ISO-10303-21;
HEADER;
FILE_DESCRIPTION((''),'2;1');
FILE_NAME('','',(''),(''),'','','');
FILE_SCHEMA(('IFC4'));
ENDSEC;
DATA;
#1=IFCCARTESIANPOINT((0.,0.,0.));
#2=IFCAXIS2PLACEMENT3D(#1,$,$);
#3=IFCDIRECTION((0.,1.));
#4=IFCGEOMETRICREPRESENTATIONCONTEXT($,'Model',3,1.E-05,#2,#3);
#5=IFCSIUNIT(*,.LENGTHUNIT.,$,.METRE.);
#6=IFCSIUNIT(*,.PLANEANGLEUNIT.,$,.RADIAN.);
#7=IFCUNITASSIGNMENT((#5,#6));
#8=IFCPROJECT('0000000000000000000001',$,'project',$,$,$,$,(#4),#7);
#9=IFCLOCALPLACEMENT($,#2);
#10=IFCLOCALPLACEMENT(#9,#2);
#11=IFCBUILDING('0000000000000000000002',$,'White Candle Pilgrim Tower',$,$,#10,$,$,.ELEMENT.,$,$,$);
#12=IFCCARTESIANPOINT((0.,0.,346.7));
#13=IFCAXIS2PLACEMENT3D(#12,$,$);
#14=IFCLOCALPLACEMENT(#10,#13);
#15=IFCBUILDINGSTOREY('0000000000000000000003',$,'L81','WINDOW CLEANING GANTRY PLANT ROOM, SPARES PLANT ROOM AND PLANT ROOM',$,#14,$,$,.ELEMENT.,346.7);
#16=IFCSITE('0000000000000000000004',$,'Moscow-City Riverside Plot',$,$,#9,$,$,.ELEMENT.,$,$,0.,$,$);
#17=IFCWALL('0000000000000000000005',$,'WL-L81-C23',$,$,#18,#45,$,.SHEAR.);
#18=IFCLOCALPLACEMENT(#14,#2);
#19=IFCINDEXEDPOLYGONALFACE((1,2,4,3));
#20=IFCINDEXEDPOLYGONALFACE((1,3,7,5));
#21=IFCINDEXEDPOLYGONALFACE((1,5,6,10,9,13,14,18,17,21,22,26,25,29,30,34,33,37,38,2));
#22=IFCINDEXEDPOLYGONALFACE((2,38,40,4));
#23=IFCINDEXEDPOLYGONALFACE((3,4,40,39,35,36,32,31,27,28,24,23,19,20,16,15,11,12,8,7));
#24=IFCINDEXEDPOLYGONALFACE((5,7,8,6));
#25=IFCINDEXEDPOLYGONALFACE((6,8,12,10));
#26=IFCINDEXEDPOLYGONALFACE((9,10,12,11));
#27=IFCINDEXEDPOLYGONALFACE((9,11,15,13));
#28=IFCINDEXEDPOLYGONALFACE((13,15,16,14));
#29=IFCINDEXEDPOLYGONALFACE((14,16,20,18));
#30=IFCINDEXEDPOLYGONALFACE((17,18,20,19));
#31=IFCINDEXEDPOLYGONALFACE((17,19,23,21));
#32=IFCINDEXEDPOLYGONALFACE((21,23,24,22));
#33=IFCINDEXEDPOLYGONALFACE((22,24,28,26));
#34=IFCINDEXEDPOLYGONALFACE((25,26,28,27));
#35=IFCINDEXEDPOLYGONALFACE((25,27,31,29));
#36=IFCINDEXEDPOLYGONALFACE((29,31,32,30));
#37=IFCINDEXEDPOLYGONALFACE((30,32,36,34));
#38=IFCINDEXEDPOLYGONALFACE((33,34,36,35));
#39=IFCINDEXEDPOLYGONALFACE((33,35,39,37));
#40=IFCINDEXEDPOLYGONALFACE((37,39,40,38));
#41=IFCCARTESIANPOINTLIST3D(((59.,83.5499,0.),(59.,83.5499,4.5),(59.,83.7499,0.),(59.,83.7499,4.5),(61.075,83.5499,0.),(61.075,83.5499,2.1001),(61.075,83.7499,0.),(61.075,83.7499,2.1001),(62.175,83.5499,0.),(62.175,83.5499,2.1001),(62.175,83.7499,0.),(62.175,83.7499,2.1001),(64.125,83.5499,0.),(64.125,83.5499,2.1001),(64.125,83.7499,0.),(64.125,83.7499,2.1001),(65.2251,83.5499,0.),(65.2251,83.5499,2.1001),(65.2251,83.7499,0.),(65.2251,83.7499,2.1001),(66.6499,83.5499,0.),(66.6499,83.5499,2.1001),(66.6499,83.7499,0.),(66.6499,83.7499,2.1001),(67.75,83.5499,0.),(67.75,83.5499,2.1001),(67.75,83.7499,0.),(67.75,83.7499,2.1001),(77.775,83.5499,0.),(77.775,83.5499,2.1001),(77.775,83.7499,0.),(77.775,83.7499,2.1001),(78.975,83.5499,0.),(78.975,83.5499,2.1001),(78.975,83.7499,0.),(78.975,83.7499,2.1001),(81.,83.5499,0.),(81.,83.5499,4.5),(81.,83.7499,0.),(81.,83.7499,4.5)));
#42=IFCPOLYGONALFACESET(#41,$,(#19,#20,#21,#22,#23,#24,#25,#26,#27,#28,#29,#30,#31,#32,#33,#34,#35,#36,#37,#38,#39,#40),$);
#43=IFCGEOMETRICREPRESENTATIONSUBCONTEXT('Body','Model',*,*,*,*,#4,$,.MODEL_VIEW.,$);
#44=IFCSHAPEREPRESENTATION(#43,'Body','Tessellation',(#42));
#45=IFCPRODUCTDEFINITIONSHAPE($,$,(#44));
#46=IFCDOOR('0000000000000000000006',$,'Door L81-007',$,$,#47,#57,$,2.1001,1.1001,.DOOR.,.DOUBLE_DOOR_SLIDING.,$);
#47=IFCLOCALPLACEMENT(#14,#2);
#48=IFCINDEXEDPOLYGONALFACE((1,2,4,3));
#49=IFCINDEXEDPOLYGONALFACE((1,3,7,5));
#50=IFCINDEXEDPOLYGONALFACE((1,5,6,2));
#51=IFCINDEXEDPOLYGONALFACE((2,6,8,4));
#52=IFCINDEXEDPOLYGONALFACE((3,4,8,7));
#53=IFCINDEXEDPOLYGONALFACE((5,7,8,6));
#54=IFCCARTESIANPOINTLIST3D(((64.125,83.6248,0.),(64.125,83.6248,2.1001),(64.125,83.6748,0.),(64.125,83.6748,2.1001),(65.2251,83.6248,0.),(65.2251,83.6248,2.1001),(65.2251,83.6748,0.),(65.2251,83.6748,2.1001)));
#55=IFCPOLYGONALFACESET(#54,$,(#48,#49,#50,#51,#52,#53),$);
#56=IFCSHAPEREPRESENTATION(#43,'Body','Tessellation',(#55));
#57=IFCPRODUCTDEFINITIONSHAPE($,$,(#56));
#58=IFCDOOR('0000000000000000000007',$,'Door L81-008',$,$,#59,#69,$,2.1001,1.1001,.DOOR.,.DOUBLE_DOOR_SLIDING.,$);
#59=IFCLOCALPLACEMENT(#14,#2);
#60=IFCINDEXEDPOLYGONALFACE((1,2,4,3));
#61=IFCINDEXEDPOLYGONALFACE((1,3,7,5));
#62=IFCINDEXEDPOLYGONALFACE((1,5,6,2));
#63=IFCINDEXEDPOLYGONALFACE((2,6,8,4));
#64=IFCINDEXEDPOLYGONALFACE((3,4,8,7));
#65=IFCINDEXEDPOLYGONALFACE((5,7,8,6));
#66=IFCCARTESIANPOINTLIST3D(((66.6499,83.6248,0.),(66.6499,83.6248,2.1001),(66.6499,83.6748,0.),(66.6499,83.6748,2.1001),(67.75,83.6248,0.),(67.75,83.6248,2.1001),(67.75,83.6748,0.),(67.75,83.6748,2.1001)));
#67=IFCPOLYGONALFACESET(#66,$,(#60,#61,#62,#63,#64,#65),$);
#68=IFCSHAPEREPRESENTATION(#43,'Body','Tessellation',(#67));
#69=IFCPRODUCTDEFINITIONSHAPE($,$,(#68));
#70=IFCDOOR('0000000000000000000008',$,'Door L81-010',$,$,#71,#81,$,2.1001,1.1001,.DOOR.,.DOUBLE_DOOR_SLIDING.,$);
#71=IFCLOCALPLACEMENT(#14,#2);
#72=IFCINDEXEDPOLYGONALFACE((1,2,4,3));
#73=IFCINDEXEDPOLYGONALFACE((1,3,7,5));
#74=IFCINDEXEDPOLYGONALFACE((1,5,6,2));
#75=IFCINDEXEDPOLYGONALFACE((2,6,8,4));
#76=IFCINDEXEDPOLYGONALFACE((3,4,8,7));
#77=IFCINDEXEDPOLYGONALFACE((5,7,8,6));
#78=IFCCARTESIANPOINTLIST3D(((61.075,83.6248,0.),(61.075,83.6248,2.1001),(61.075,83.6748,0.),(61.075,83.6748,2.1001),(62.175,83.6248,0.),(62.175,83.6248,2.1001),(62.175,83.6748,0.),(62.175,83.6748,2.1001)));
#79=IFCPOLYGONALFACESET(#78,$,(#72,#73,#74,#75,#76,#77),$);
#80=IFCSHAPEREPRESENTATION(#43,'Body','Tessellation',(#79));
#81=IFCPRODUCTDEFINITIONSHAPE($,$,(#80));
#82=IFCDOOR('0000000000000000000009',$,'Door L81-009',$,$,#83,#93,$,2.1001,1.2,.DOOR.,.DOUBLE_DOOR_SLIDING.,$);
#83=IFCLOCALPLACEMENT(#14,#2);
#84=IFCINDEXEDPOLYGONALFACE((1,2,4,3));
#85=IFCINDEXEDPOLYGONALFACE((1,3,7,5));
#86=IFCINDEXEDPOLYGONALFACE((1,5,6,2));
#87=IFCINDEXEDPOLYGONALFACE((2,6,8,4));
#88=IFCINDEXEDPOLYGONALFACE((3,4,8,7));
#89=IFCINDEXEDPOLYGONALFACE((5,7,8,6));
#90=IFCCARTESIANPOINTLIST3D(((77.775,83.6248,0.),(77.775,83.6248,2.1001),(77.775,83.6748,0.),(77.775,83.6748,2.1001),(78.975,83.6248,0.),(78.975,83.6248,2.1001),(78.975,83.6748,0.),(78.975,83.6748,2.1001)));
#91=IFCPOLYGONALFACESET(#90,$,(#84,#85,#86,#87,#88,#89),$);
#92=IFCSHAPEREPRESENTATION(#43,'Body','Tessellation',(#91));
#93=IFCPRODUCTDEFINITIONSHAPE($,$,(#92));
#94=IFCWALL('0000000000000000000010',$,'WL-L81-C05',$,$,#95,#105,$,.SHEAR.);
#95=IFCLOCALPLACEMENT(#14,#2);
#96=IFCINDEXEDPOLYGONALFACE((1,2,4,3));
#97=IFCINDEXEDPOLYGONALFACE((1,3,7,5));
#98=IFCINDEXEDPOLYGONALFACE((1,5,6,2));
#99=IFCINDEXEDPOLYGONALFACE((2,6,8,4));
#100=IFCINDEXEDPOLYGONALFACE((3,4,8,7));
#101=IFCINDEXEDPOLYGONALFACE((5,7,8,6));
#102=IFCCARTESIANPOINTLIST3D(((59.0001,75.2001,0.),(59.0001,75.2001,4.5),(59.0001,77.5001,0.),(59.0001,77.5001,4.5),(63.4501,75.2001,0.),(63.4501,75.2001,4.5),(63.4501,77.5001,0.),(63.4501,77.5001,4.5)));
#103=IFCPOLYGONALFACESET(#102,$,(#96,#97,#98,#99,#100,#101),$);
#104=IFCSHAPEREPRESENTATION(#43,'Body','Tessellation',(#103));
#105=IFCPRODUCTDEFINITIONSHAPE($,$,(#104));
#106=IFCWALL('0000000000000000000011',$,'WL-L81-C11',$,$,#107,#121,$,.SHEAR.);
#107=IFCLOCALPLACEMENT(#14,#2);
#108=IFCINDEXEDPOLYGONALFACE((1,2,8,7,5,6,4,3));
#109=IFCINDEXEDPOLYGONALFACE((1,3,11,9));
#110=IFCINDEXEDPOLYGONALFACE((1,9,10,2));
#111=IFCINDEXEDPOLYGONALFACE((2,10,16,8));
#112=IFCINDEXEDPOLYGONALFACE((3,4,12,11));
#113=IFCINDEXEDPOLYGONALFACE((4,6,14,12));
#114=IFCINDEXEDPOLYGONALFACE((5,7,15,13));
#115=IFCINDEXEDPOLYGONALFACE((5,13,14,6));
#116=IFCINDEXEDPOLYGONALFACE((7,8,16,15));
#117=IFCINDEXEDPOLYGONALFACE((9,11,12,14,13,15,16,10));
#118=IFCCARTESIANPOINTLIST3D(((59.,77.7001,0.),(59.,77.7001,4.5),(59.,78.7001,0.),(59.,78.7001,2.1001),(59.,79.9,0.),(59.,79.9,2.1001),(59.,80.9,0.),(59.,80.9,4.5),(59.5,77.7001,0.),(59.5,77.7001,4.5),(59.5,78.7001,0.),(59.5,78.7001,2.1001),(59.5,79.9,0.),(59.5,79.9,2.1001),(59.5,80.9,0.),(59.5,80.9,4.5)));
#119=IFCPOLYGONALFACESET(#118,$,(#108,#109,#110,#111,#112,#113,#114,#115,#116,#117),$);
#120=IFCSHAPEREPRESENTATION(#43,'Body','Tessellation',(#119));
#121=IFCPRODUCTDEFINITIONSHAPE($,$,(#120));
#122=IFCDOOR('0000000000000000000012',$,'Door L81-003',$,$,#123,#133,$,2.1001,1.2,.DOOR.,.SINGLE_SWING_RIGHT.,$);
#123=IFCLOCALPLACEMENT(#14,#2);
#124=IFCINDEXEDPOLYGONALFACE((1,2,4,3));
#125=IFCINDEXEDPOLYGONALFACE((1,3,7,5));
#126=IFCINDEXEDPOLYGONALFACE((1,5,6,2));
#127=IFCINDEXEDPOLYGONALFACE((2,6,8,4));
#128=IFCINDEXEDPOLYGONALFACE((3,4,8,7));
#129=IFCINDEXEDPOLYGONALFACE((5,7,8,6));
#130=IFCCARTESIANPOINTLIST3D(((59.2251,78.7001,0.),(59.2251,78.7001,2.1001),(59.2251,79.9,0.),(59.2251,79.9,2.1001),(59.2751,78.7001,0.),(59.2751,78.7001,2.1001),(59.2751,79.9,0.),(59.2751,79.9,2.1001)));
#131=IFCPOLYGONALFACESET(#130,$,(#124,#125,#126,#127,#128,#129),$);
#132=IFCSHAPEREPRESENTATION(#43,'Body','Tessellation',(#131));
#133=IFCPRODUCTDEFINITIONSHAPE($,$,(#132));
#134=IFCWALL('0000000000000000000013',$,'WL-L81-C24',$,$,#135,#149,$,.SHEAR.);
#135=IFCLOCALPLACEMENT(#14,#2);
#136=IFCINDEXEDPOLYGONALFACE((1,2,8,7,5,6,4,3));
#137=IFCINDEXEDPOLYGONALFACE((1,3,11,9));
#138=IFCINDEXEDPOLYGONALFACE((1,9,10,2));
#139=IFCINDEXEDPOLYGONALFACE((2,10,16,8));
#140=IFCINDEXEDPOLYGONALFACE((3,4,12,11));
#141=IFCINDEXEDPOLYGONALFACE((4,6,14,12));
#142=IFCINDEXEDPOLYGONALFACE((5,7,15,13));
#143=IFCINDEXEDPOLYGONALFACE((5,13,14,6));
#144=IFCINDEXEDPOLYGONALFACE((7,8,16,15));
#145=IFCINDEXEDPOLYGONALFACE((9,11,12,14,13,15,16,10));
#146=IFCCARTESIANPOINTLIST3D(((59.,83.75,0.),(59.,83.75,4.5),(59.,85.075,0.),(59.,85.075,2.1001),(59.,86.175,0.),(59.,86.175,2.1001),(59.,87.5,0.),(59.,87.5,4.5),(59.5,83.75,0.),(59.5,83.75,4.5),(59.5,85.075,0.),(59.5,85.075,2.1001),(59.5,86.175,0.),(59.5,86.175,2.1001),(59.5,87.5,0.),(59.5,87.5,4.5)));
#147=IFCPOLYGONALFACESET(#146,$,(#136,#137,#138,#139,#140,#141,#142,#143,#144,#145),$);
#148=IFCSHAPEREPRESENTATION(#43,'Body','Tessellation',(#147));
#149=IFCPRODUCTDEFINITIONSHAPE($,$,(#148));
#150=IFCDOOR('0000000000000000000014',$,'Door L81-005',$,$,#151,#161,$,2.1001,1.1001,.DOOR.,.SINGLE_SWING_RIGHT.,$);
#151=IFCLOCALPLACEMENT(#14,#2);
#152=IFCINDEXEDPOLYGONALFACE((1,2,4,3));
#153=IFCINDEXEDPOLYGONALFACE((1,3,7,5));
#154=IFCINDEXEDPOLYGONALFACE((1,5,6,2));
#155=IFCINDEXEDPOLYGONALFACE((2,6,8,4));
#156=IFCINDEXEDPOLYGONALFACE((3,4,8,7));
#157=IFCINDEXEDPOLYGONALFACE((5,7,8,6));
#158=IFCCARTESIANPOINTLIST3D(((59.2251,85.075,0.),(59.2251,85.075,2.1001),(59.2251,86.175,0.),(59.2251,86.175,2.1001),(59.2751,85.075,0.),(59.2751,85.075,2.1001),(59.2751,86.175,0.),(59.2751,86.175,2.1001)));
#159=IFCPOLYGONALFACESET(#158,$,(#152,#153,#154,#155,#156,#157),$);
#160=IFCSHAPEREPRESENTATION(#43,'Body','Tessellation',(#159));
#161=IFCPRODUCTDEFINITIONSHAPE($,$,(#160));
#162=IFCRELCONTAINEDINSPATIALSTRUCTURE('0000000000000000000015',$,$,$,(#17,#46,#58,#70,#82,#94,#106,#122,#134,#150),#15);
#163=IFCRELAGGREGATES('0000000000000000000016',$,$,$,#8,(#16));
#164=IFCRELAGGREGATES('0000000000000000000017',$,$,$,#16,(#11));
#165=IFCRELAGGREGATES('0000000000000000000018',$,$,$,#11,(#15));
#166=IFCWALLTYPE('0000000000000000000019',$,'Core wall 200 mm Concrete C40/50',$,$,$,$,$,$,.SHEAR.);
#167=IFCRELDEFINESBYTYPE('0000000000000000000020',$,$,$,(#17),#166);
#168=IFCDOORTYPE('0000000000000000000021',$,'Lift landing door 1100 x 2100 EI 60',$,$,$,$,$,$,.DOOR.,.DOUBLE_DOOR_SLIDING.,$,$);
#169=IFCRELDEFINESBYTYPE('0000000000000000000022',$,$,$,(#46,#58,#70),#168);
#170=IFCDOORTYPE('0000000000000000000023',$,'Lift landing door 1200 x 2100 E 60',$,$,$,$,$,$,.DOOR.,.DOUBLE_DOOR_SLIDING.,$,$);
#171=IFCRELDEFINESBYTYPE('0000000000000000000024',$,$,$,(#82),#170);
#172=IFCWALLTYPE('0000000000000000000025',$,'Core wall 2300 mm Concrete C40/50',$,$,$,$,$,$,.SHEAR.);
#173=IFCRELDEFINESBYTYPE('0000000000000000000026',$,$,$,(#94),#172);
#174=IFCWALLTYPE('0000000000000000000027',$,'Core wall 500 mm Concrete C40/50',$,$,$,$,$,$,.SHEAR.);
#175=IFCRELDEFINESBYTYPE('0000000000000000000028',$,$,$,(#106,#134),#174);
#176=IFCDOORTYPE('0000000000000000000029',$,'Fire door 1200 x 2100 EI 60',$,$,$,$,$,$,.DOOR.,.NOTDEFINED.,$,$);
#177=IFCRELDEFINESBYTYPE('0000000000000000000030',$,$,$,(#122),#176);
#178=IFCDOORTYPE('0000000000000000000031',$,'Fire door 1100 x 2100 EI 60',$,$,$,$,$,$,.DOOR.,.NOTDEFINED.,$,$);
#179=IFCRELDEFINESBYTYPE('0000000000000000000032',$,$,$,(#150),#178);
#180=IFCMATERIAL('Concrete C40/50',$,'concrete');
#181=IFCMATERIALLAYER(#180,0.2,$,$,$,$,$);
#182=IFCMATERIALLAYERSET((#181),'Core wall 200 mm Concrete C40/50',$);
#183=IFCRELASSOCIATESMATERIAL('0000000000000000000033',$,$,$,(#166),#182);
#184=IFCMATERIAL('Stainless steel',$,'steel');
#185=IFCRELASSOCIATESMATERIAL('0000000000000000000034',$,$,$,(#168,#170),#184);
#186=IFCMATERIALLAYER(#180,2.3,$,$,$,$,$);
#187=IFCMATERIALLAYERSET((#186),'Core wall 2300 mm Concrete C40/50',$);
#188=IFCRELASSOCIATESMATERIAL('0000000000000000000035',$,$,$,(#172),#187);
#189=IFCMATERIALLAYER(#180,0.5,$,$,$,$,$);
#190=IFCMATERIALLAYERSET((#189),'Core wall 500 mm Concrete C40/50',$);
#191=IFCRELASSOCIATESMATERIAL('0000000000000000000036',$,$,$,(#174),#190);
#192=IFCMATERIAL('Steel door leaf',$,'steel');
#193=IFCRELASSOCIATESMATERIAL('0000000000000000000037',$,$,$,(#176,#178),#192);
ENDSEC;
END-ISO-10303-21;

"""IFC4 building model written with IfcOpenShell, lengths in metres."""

from ifc_helpers import new_model, si_unit, direction, frame, frame_2d, origin, place, context, subcontext, project, spatial, rectangle, extrude, material, layer, layer_set, type_object, element, fill, save


model = new_model("IFC4")

# Units and contexts
model_context = context("Model", 3, precision=1e-05, world=origin(), true_north=direction((0.0, 1.0)))
body_context = subcontext(model_context, "Body", "Model", "MODEL_VIEW")
ifc_project = project(units=[si_unit("LENGTHUNIT", "METRE"), si_unit("PLANEANGLEUNIT", "RADIAN")], contexts=[model_context])

# Site, building, storey
site_placement = place(None, origin())
site = spatial("IfcSite", under=ifc_project, at=site_placement, Name="Moscow-City Riverside Plot", CompositionType="ELEMENT", RefElevation=0.0)
building_placement = place(site_placement, origin())
building = spatial("IfcBuilding", under=site, at=building_placement, Name="White Candle Pilgrim Tower", CompositionType="ELEMENT")
storey_placement = place(building_placement, frame((0.0, 0.0, 346.7)))
storey = spatial("IfcBuildingStorey", under=building, at=storey_placement, Name="L81", Description="WINDOW CLEANING GANTRY PLANT ROOM, SPARES PLANT ROOM AND PLANT ROOM", CompositionType="ELEMENT", Elevation=346.7)

# Shared definitions
ifc_material_1 = material(Name="Concrete C40/50", Category="concrete")
ifc_layer_1 = layer(ifc_material_1, 0.2)
ifc_layer_set_1 = layer_set([ifc_layer_1], Name="Core wall 200 mm Concrete C40/50")
wall_type_1 = type_object("IfcWallType", Name="Core wall 200 mm Concrete C40/50", PredefinedType="SHEAR", material=ifc_layer_set_1)

# Shared definitions
ifc_material_2 = material(Name="Steel door leaf", Category="steel")

# Wall, openings, doors
wall_1_placement = place(storey_placement, frame((59.0, 83.6499, 0.0), z_axis=(0.0, 0.0, 1.0), x_axis=(1.0, 0.0, 0.0)))
wall_1 = element("IfcWall", 1, at=wall_1_placement, inside=storey, type_object=wall_type_1, Name="WL-L81-C23", PredefinedType="SHEAR", context=body_context, shape_type="SweptSolid", body=[
    extrude(rectangle(XDim=22.0, YDim=0.2, at=frame_2d((11.0, 0.0))), origin(), (0.0, 0.0, 1.0), 4.5),
])
opening_1_placement = place(wall_1_placement, frame((5.125, 0.0, 0.0)))
opening_1 = element("IfcOpeningElement", 2, at=opening_1_placement, cuts=wall_1, PredefinedType="OPENING", context=body_context, shape_type="SweptSolid", body=[
    extrude(rectangle(XDim=1.1001, YDim=2.1001, at=frame_2d((0.55, 1.05))), frame((0.0, 0.1099, 0.0), z_axis=(0.0, -1.0, 0.0), x_axis=(1.0, 0.0, 0.0)), (0.0, 0.0, 1.0), 0.22),
])
opening_2_placement = place(wall_1_placement, frame((7.6499, 0.0, 0.0)))
opening_2 = element("IfcOpeningElement", 3, at=opening_2_placement, cuts=wall_1, PredefinedType="OPENING", context=body_context, shape_type="SweptSolid", body=[
    extrude(rectangle(XDim=1.1001, YDim=2.1001, at=frame_2d((0.55, 1.05))), frame((0.0, 0.1099, 0.0), z_axis=(0.0, -1.0, 0.0), x_axis=(1.0, 0.0, 0.0)), (0.0, 0.0, 1.0), 0.22),
])
opening_3_placement = place(wall_1_placement, frame((18.7749, 0.0, 0.0)))
opening_3 = element("IfcOpeningElement", 4, at=opening_3_placement, cuts=wall_1, PredefinedType="OPENING", context=body_context, shape_type="SweptSolid", body=[
    extrude(rectangle(XDim=1.2, YDim=2.1001, at=frame_2d((0.6001, 1.05))), frame((0.0, 0.1099, 0.0), z_axis=(0.0, -1.0, 0.0), x_axis=(1.0, 0.0, 0.0)), (0.0, 0.0, 1.0), 0.22),
])
opening_4_placement = place(wall_1_placement, frame((2.075, 0.0, 0.0)))
opening_4 = element("IfcOpeningElement", 5, at=opening_4_placement, cuts=wall_1, PredefinedType="OPENING", context=body_context, shape_type="SweptSolid", body=[
    extrude(rectangle(XDim=1.1001, YDim=2.1001, at=frame_2d((0.55, 1.05))), frame((0.0, 0.1099, 0.0), z_axis=(0.0, -1.0, 0.0), x_axis=(1.0, 0.0, 0.0)), (0.0, 0.0, 1.0), 0.22),
])
ifc_material_3 = material(Name="Stainless steel", Category="steel")
door_type_1 = type_object("IfcDoorType", Name="Lift landing door 1100 x 2100 EI 60", OperationType="DOUBLE_DOOR_SLIDING", PredefinedType="DOOR", material=ifc_material_3)
door_1_placement = place(opening_1_placement, origin())
door_1 = element("IfcDoor", 6, at=door_1_placement, inside=storey, type_object=door_type_1, Name="Door L81-007", OperationType="DOUBLE_DOOR_SLIDING", OverallHeight=2.1001, OverallWidth=1.1001, PredefinedType="DOOR", context=body_context, shape_type="SweptSolid", body=[
    extrude(rectangle(XDim=1.1001, YDim=2.1001, at=frame_2d((0.55, 1.05))), frame((0.0, 0.0249, 0.0), z_axis=(0.0, -1.0, 0.0), x_axis=(1.0, 0.0, 0.0)), (0.0, 0.0, 1.0), 0.05),
])
fill(opening_1, door_1)
door_2_placement = place(opening_2_placement, origin())
door_2 = element("IfcDoor", 7, at=door_2_placement, inside=storey, type_object=door_type_1, Name="Door L81-008", OperationType="DOUBLE_DOOR_SLIDING", OverallHeight=2.1001, OverallWidth=1.1001, PredefinedType="DOOR", context=body_context, shape_type="SweptSolid", body=[
    extrude(rectangle(XDim=1.1001, YDim=2.1001, at=frame_2d((0.55, 1.05))), frame((0.0, 0.0249, 0.0), z_axis=(0.0, -1.0, 0.0), x_axis=(1.0, 0.0, 0.0)), (0.0, 0.0, 1.0), 0.05),
])
fill(opening_2, door_2)
door_3_placement = place(opening_4_placement, origin())
door_3 = element("IfcDoor", 8, at=door_3_placement, inside=storey, type_object=door_type_1, Name="Door L81-010", OperationType="DOUBLE_DOOR_SLIDING", OverallHeight=2.1001, OverallWidth=1.1001, PredefinedType="DOOR", context=body_context, shape_type="SweptSolid", body=[
    extrude(rectangle(XDim=1.1001, YDim=2.1001, at=frame_2d((0.55, 1.05))), frame((0.0, 0.0249, 0.0), z_axis=(0.0, -1.0, 0.0), x_axis=(1.0, 0.0, 0.0)), (0.0, 0.0, 1.0), 0.05),
])
fill(opening_4, door_3)
door_type_2 = type_object("IfcDoorType", Name="Lift landing door 1200 x 2100 E 60", OperationType="DOUBLE_DOOR_SLIDING", PredefinedType="DOOR", material=ifc_material_3)
door_4_placement = place(opening_3_placement, origin())
door_4 = element("IfcDoor", 9, at=door_4_placement, inside=storey, type_object=door_type_2, Name="Door L81-009", OperationType="DOUBLE_DOOR_SLIDING", OverallHeight=2.1001, OverallWidth=1.2, PredefinedType="DOOR", context=body_context, shape_type="SweptSolid", body=[
    extrude(rectangle(XDim=1.2, YDim=2.1001, at=frame_2d((0.6001, 1.05))), frame((0.0, 0.0249, 0.0), z_axis=(0.0, -1.0, 0.0), x_axis=(1.0, 0.0, 0.0)), (0.0, 0.0, 1.0), 0.05),
])
fill(opening_3, door_4)

# Wall
ifc_layer_2 = layer(ifc_material_1, 2.3)
ifc_layer_set_2 = layer_set([ifc_layer_2], Name="Core wall 2300 mm Concrete C40/50")
wall_type_2 = type_object("IfcWallType", Name="Core wall 2300 mm Concrete C40/50", PredefinedType="SHEAR", material=ifc_layer_set_2)
wall_2_placement = place(storey_placement, frame((59.0, 76.3501, 0.0), z_axis=(0.0, 0.0, 1.0), x_axis=(1.0, 0.0, 0.0)))
element("IfcWall", 10, at=wall_2_placement, inside=storey, type_object=wall_type_2, Name="WL-L81-C05", PredefinedType="SHEAR", context=body_context, shape_type="SweptSolid", body=[
    extrude(rectangle(XDim=4.45, YDim=2.3, at=frame_2d((2.2251, 0.0))), origin(), (0.0, 0.0, 1.0), 4.5),
])

# Walls, openings, doors
ifc_layer_3 = layer(ifc_material_1, 0.5)
ifc_layer_set_3 = layer_set([ifc_layer_3], Name="Core wall 500 mm Concrete C40/50")
wall_type_3 = type_object("IfcWallType", Name="Core wall 500 mm Concrete C40/50", PredefinedType="SHEAR", material=ifc_layer_set_3)
wall_3_placement = place(storey_placement, frame((59.25, 77.7, 0.0), z_axis=(0.0, 0.0, 1.0), x_axis=(0.0, 1.0, 0.0)))
wall_3 = element("IfcWall", 11, at=wall_3_placement, inside=storey, type_object=wall_type_3, Name="WL-L81-C11", PredefinedType="SHEAR", context=body_context, shape_type="SweptSolid", body=[
    extrude(rectangle(XDim=3.2, YDim=0.5, at=frame_2d((1.6001, 0.0))), origin(), (0.0, 0.0, 1.0), 4.5),
])
opening_5_placement = place(wall_3_placement, frame((1.0, 0.0, 0.0)))
opening_5 = element("IfcOpeningElement", 12, at=opening_5_placement, cuts=wall_3, PredefinedType="OPENING", context=body_context, shape_type="SweptSolid", body=[
    extrude(rectangle(XDim=1.2, YDim=2.1001, at=frame_2d((0.6001, 1.05))), frame((0.0, 0.26, 0.0), z_axis=(0.0, -1.0, 0.0), x_axis=(1.0, 0.0, 0.0)), (0.0, 0.0, 1.0), 0.52),
])
door_type_3 = type_object("IfcDoorType", Name="Fire door 1200 x 2100 EI 60", OperationType="NOTDEFINED", PredefinedType="DOOR", material=ifc_material_2)
door_5_placement = place(opening_5_placement, origin())
door_5 = element("IfcDoor", 13, at=door_5_placement, inside=storey, type_object=door_type_3, Name="Door L81-003", OperationType="SINGLE_SWING_RIGHT", OverallHeight=2.1001, OverallWidth=1.2, PredefinedType="DOOR", context=body_context, shape_type="SweptSolid", body=[
    extrude(rectangle(XDim=1.2, YDim=2.1001, at=frame_2d((0.6001, 1.05))), frame((0.0, 0.0249, 0.0), z_axis=(0.0, -1.0, 0.0), x_axis=(1.0, 0.0, 0.0)), (0.0, 0.0, 1.0), 0.05),
])
fill(opening_5, door_5)
wall_4_placement = place(storey_placement, frame((59.25, 83.75, 0.0), z_axis=(0.0, 0.0, 1.0), x_axis=(0.0, 1.0, 0.0)))
wall_4 = element("IfcWall", 14, at=wall_4_placement, inside=storey, type_object=wall_type_3, Name="WL-L81-C24", PredefinedType="SHEAR", context=body_context, shape_type="SweptSolid", body=[
    extrude(rectangle(XDim=3.75, YDim=0.5, at=frame_2d((1.875, 0.0))), origin(), (0.0, 0.0, 1.0), 4.5),
])
opening_6_placement = place(wall_4_placement, frame((1.325, 0.0, 0.0)))
opening_6 = element("IfcOpeningElement", 15, at=opening_6_placement, cuts=wall_4, PredefinedType="OPENING", context=body_context, shape_type="SweptSolid", body=[
    extrude(rectangle(XDim=1.1001, YDim=2.1001, at=frame_2d((0.55, 1.05))), frame((0.0, 0.26, 0.0), z_axis=(0.0, -1.0, 0.0), x_axis=(1.0, 0.0, 0.0)), (0.0, 0.0, 1.0), 0.52),
])
door_type_4 = type_object("IfcDoorType", Name="Fire door 1100 x 2100 EI 60", OperationType="NOTDEFINED", PredefinedType="DOOR", material=ifc_material_2)
door_6_placement = place(opening_6_placement, origin())
door_6 = element("IfcDoor", 16, at=door_6_placement, inside=storey, type_object=door_type_4, Name="Door L81-005", OperationType="SINGLE_SWING_RIGHT", OverallHeight=2.1001, OverallWidth=1.1001, PredefinedType="DOOR", context=body_context, shape_type="SweptSolid", body=[
    extrude(rectangle(XDim=1.1001, YDim=2.1001, at=frame_2d((0.55, 1.05))), frame((0.0, 0.0249, 0.0), z_axis=(0.0, -1.0, 0.0), x_axis=(1.0, 0.0, 0.0)), (0.0, 0.0, 1.0), 0.05),
])
fill(opening_6, door_6)

save(model, "model.ifc")
